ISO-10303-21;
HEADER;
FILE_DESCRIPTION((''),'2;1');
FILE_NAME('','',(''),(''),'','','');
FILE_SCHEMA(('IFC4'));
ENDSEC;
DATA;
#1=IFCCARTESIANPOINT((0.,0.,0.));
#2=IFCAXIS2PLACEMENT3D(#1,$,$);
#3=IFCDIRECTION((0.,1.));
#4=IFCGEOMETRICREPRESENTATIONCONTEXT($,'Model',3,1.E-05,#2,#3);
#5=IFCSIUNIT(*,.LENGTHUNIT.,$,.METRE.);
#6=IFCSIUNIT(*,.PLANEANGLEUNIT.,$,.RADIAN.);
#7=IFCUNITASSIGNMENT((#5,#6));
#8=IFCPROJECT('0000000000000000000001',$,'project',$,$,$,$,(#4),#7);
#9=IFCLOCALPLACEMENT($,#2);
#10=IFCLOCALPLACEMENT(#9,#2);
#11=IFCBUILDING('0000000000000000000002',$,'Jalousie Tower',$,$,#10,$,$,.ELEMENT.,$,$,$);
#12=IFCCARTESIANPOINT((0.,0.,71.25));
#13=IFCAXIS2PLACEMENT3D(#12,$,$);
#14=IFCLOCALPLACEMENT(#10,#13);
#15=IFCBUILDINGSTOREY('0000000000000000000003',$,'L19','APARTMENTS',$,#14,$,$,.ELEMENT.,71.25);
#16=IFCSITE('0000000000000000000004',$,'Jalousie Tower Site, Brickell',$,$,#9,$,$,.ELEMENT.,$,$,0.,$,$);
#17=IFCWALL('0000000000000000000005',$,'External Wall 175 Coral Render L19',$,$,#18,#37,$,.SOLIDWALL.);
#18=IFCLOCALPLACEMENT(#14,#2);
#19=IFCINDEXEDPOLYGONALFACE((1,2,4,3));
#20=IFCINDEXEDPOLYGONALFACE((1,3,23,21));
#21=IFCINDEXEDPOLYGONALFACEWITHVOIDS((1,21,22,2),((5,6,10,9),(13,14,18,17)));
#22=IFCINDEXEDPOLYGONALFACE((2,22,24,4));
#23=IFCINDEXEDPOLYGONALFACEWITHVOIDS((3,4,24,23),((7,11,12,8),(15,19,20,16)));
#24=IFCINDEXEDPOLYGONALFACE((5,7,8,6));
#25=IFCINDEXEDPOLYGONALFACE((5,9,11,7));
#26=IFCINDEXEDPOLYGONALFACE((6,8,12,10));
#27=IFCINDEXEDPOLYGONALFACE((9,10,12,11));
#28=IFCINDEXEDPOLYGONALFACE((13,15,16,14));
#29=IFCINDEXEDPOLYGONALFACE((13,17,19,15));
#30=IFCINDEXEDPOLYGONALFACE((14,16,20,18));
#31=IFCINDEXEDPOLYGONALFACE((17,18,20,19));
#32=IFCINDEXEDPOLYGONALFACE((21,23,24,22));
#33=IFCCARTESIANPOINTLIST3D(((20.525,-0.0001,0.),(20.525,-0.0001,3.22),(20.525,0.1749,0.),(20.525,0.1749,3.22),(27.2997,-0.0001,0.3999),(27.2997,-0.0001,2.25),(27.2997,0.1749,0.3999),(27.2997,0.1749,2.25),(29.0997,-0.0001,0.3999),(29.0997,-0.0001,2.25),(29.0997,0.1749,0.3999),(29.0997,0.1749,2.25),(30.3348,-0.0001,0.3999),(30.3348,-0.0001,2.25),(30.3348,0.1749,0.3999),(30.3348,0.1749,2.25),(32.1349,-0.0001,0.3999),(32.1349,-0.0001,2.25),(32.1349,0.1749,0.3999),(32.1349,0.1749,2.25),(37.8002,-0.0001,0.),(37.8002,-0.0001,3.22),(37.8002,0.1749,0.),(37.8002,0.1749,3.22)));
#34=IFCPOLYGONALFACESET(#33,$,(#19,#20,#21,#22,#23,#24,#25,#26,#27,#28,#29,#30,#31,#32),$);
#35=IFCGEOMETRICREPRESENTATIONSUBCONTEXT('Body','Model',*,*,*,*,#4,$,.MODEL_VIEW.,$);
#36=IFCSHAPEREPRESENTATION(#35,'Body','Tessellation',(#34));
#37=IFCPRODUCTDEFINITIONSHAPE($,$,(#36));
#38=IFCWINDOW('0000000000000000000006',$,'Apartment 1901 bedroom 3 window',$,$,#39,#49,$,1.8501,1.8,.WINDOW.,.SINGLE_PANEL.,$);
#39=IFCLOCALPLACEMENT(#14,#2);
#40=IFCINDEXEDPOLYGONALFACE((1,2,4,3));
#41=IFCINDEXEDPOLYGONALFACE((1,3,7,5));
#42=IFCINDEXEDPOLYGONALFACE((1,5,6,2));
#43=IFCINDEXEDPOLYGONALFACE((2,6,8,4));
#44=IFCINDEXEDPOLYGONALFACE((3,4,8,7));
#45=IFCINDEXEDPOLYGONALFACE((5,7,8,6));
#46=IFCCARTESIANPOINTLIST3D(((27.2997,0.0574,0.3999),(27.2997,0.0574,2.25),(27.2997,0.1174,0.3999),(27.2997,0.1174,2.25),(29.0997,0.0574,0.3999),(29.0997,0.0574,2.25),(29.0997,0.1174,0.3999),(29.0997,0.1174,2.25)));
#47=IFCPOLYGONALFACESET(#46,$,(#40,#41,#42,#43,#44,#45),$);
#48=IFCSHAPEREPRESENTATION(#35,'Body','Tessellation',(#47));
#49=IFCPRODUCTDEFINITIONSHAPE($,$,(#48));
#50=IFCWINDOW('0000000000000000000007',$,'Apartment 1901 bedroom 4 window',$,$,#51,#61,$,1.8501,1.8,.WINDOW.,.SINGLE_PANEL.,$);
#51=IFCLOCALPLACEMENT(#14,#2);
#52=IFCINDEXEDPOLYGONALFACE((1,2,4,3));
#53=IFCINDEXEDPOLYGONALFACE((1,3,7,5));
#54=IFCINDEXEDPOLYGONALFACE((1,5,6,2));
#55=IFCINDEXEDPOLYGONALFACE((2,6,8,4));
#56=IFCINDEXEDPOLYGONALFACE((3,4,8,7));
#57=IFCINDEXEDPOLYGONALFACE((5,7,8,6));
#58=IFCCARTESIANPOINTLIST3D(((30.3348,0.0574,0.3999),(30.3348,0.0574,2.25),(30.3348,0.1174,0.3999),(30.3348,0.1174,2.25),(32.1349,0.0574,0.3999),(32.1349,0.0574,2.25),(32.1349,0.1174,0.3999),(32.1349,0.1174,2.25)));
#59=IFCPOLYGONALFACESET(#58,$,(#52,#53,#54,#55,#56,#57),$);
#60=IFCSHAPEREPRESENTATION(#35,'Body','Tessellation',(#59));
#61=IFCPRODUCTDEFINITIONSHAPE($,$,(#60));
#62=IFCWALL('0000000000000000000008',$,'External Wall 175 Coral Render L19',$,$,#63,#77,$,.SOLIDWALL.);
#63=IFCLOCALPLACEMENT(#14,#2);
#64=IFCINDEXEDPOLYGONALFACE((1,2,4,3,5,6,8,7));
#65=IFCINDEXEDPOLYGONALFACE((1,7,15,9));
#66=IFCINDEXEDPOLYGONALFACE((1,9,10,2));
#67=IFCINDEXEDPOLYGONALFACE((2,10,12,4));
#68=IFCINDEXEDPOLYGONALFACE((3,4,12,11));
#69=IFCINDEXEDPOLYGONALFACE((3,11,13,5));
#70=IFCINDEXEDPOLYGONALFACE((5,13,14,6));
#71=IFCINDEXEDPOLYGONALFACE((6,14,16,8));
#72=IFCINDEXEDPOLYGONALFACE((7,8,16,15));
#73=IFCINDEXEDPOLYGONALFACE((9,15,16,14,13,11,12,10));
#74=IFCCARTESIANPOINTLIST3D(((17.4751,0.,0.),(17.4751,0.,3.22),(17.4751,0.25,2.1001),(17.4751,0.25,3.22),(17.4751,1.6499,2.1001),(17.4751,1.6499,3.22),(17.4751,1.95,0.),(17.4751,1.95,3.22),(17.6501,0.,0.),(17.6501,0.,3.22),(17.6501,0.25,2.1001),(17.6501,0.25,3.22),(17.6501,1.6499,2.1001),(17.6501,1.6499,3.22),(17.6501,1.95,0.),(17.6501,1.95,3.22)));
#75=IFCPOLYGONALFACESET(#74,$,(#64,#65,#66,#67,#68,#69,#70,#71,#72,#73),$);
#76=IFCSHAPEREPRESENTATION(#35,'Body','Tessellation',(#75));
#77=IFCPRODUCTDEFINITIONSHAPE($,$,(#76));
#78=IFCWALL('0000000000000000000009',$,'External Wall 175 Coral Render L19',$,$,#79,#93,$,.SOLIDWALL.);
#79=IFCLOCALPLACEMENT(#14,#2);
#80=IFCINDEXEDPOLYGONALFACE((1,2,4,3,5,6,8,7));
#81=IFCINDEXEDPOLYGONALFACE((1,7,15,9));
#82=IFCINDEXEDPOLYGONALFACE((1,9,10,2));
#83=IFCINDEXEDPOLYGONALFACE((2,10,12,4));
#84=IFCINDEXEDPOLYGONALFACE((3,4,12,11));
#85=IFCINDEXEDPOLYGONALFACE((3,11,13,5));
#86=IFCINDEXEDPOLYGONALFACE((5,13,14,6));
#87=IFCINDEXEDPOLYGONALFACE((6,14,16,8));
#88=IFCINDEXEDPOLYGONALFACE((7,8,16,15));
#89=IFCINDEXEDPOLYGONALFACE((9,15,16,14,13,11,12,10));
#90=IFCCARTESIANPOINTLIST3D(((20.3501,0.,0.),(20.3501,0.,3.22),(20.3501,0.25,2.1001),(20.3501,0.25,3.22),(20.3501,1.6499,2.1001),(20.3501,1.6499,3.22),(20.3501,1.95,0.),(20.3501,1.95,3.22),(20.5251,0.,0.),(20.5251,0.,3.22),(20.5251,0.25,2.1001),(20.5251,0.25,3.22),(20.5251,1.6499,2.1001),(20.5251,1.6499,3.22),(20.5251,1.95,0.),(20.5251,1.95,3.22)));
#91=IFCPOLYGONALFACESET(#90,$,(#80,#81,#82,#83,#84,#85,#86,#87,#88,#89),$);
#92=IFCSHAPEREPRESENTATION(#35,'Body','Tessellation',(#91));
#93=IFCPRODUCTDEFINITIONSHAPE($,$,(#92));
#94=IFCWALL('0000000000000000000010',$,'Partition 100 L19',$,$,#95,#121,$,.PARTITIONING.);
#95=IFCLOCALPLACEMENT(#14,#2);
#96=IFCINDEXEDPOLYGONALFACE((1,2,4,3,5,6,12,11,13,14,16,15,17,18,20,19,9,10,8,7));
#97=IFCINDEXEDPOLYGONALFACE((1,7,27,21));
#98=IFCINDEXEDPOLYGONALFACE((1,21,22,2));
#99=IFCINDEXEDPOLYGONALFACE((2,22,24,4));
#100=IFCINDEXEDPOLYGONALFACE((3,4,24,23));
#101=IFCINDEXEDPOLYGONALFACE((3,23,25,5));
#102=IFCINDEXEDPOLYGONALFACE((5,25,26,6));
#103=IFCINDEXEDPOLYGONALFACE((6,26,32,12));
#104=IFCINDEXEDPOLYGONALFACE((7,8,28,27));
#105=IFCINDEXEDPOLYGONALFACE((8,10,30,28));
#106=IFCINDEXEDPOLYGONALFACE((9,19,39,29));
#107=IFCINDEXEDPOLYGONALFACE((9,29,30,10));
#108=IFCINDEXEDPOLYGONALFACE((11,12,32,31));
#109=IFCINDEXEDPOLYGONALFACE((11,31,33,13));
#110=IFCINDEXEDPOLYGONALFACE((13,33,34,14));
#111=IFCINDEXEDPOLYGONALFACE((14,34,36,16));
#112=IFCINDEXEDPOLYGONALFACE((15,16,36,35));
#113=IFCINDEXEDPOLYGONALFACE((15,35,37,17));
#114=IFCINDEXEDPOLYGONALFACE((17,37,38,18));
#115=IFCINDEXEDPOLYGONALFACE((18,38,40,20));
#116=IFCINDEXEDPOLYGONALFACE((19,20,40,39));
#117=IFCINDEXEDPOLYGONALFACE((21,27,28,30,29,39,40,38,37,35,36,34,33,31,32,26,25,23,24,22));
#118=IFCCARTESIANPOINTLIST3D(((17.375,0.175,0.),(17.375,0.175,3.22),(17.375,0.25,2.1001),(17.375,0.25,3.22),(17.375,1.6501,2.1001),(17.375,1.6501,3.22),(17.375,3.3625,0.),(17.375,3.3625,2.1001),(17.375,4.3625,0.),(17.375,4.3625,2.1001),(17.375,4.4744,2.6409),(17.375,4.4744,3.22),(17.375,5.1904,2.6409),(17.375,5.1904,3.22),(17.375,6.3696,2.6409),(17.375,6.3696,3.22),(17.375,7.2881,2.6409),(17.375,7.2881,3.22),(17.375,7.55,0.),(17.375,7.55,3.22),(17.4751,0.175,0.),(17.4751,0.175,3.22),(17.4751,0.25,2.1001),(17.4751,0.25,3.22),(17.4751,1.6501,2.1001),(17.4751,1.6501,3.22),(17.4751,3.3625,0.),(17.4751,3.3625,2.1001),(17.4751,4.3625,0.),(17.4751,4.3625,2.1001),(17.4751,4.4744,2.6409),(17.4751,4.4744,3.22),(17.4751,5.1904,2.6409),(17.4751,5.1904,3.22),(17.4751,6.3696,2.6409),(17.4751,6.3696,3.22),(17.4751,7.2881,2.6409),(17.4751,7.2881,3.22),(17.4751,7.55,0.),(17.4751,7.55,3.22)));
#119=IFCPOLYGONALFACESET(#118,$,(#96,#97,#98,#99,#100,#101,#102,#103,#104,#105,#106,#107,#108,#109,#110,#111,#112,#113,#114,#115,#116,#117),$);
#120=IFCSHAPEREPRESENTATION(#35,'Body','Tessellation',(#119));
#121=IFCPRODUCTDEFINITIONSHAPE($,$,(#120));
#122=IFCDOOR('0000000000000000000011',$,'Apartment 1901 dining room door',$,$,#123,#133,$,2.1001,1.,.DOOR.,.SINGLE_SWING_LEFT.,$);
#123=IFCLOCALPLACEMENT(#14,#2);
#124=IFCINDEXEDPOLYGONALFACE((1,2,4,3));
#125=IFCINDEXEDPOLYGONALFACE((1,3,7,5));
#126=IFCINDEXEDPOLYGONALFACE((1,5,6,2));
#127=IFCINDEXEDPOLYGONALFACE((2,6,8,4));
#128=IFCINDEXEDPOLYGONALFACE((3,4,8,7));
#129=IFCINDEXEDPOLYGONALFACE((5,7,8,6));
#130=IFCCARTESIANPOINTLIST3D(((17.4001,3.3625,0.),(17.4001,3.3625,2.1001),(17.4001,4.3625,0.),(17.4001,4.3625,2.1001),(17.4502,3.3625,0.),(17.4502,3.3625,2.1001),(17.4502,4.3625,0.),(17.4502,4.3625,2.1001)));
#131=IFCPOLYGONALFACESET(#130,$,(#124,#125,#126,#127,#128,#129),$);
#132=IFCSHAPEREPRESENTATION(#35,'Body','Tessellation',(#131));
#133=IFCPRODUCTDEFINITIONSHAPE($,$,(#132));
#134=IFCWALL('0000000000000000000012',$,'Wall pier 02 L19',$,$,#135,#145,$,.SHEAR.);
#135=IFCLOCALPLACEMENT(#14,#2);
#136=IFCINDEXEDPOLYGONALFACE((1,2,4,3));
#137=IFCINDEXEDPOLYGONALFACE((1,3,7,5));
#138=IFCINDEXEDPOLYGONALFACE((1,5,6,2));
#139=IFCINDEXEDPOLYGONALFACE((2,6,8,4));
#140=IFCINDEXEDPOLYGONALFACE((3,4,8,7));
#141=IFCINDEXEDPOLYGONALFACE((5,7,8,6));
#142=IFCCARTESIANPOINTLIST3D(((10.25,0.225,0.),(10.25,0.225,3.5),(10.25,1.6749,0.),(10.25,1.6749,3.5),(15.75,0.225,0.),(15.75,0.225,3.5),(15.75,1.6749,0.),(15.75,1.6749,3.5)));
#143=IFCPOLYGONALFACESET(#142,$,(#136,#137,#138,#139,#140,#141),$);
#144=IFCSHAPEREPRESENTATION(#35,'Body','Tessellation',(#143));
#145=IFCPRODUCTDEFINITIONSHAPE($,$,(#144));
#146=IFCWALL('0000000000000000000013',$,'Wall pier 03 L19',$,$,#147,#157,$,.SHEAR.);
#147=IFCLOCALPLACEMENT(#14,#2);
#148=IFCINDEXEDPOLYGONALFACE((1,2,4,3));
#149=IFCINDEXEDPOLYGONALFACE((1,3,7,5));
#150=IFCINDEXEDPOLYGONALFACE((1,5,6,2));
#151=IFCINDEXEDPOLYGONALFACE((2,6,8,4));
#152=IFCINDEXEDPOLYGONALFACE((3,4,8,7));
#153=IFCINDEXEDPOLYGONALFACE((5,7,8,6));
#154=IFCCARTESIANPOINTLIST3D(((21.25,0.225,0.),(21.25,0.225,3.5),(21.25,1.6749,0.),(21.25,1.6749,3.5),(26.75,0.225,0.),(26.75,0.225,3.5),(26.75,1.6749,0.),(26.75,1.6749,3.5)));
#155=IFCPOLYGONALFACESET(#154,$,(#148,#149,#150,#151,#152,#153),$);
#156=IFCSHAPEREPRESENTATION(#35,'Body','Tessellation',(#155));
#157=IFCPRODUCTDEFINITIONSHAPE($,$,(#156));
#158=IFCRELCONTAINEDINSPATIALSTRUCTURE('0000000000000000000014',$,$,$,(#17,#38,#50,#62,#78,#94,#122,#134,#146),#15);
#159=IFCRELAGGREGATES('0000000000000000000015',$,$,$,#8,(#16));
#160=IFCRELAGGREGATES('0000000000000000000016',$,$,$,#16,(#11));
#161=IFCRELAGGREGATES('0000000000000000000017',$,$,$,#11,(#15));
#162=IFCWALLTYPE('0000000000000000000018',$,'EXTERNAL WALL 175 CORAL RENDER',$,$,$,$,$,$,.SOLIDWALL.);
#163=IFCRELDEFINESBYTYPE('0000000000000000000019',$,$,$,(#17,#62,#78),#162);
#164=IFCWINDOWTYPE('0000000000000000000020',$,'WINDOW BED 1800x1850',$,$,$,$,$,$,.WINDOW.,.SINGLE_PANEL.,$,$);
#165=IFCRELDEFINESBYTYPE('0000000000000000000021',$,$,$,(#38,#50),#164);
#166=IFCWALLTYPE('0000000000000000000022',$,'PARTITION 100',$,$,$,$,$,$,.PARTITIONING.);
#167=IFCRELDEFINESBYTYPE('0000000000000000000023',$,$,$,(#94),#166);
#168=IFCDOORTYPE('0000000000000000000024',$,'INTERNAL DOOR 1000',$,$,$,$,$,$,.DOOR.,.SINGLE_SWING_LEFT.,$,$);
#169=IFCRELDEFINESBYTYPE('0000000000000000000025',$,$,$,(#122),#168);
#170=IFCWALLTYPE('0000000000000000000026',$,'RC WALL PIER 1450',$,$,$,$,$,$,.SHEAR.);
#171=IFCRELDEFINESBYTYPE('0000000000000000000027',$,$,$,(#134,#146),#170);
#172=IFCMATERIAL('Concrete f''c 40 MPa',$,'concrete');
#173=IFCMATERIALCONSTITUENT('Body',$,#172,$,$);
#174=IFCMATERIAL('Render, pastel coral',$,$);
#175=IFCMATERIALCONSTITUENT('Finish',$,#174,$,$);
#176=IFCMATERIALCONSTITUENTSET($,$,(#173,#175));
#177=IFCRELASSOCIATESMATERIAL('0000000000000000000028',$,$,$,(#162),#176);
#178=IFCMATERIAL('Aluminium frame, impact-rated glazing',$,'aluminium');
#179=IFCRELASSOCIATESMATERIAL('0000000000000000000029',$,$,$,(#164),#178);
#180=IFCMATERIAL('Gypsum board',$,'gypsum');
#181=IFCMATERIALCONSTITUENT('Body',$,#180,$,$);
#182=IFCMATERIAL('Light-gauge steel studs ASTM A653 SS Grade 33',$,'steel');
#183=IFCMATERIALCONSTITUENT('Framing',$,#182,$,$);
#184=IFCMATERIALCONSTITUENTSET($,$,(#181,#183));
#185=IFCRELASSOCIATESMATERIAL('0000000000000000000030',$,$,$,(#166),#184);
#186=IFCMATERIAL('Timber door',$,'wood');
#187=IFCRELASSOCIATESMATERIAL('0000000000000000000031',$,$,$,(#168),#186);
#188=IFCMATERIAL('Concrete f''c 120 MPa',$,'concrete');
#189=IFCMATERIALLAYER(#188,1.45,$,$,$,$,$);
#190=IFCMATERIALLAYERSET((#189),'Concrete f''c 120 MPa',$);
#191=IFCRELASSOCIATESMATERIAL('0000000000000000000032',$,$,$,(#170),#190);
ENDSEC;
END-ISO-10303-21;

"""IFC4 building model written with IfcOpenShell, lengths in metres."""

from ifc_helpers import new_model, si_unit, direction, frame, frame_2d, origin, place, context, subcontext, project, spatial, polyline, rectangle, outline, extrude, material, layer, layer_set, constituent, constituent_set, type_object, element, fill, save


model = new_model("IFC4")

# Units and contexts
model_context = context("Model", 3, precision=1e-05, world=origin(), true_north=direction((0.0, 1.0)))
body_context = subcontext(model_context, "Body", "Model", "MODEL_VIEW")
ifc_project = project(units=[si_unit("LENGTHUNIT", "METRE"), si_unit("PLANEANGLEUNIT", "RADIAN")], contexts=[model_context])

# Site, building, storey
site_placement = place(None, origin())
site = spatial("IfcSite", under=ifc_project, at=site_placement, Name="Jalousie Tower Site, Brickell", CompositionType="ELEMENT", RefElevation=0.0)
building_placement = place(site_placement, origin())
building = spatial("IfcBuilding", under=site, at=building_placement, Name="Jalousie Tower", CompositionType="ELEMENT")
storey_placement = place(building_placement, frame((0.0, 0.0, 71.25)))
storey = spatial("IfcBuildingStorey", under=building, at=storey_placement, Name="L19", Description="APARTMENTS", CompositionType="ELEMENT", Elevation=71.25)

# Wall, openings, windows
ifc_material_1 = material(Name="Concrete f'c 40 MPa", Category="concrete")
ifc_constituent_1 = constituent(ifc_material_1, Name="Body")
ifc_material_2 = material(Name="Render, pastel coral")
ifc_constituent_2 = constituent(ifc_material_2, Name="Finish")
ifc_constituent_set_1 = constituent_set(constituents=[ifc_constituent_1, ifc_constituent_2])
wall_type_1 = type_object("IfcWallType", Name="EXTERNAL WALL 175 CORAL RENDER", PredefinedType="SOLIDWALL", material=ifc_constituent_set_1)
wall_1_placement = place(storey_placement, frame((20.5249, 0.0874, 0.0), z_axis=(0.0, 0.0, 1.0), x_axis=(1.0, 0.0, 0.0)))
wall_1 = element("IfcWall", 1, at=wall_1_placement, inside=storey, type_object=wall_type_1, Name="External Wall 175 Coral Render L19", PredefinedType="SOLIDWALL", context=body_context, shape_type="SweptSolid", body=[
    extrude(rectangle(XDim=17.2751, YDim=0.175, at=frame_2d((8.6377, 0.0))), origin(), (0.0, 0.0, 1.0), 3.22),
])
opening_1_placement = place(wall_1_placement, frame((6.7749, 0.0, 0.3999)))
opening_1 = element("IfcOpeningElement", 2, at=opening_1_placement, cuts=wall_1, PredefinedType="OPENING", context=body_context, shape_type="SweptSolid", body=[
    extrude(rectangle(XDim=1.8, YDim=1.8501, at=frame_2d((0.8999, 0.925))), frame((0.0, 0.0974, 0.0), z_axis=(0.0, -1.0, 0.0), x_axis=(1.0, 0.0, 0.0)), (0.0, 0.0, 1.0), 0.1951),
])
opening_2_placement = place(wall_1_placement, frame((9.8101, 0.0, 0.3999)))
opening_2 = element("IfcOpeningElement", 3, at=opening_2_placement, cuts=wall_1, PredefinedType="OPENING", context=body_context, shape_type="SweptSolid", body=[
    extrude(rectangle(XDim=1.8, YDim=1.8501, at=frame_2d((0.8999, 0.925))), frame((0.0, 0.0974, 0.0), z_axis=(0.0, -1.0, 0.0), x_axis=(1.0, 0.0, 0.0)), (0.0, 0.0, 1.0), 0.1951),
])
ifc_material_3 = material(Name="Aluminium frame, impact-rated glazing", Category="aluminium")
window_type = type_object("IfcWindowType", Name="WINDOW BED 1800x1850", PartitioningType="SINGLE_PANEL", PredefinedType="WINDOW", material=ifc_material_3)
window_1_placement = place(opening_1_placement, origin())
window_1 = element("IfcWindow", 4, at=window_1_placement, inside=storey, type_object=window_type, Name="Apartment 1901 bedroom 3 window", OverallHeight=1.8501, OverallWidth=1.8, PartitioningType="SINGLE_PANEL", PredefinedType="WINDOW", context=body_context, shape_type="SweptSolid", body=[
    extrude(rectangle(XDim=1.8, YDim=1.8501, at=frame_2d((0.8999, 0.925))), frame((0.0, 0.03, 0.0), z_axis=(0.0, -1.0, 0.0), x_axis=(1.0, 0.0, 0.0)), (0.0, 0.0, 1.0), 0.0601),
])
fill(opening_1, window_1)
window_2_placement = place(opening_2_placement, origin())
window_2 = element("IfcWindow", 5, at=window_2_placement, inside=storey, type_object=window_type, Name="Apartment 1901 bedroom 4 window", OverallHeight=1.8501, OverallWidth=1.8, PartitioningType="SINGLE_PANEL", PredefinedType="WINDOW", context=body_context, shape_type="SweptSolid", body=[
    extrude(rectangle(XDim=1.8, YDim=1.8501, at=frame_2d((0.8999, 0.925))), frame((0.0, 0.03, 0.0), z_axis=(0.0, -1.0, 0.0), x_axis=(1.0, 0.0, 0.0)), (0.0, 0.0, 1.0), 0.0601),
])
fill(opening_2, window_2)

# Walls
for number, where, z_axis, x_axis, name in (
    (6, (17.5625, 0.0, 0.0), (0.0, 0.0, 1.0), (0.0, 1.0, 0.0), "External Wall 175 Coral Render L19"),
    (7, (20.4375, 0.0, 0.0), (0.0, 0.0, 1.0), (0.0, 1.0, 0.0), "External Wall 175 Coral Render L19"),
):
    element("IfcWall", number, at=place(storey_placement, frame(where, z_axis=z_axis, x_axis=x_axis)), inside=storey, type_object=wall_type_1, Name=name, PredefinedType="SOLIDWALL", context=body_context, shape_type="SweptSolid", body=[
        extrude(outline(polyline([(0.0, 0.0), (1.95, 0.0), (1.95, 3.22), (1.6499, 3.22), (1.6499, 2.1001), (0.25, 2.1001), (0.25, 3.22), (0.0, 3.22), (0.0, 0.0)])), frame((0.0, 0.0874, 0.0), z_axis=(0.0, -1.0, 0.0), x_axis=(1.0, 0.0, 0.0)), (0.0, 0.0, 1.0), 0.175),
    ])

# Wall, opening, door
ifc_material_4 = material(Name="Gypsum board", Category="gypsum")
ifc_constituent_3 = constituent(ifc_material_4, Name="Body")
ifc_material_5 = material(Name="Light-gauge steel studs ASTM A653 SS Grade 33", Category="steel")
ifc_constituent_4 = constituent(ifc_material_5, Name="Framing")
ifc_constituent_set_2 = constituent_set(constituents=[ifc_constituent_3, ifc_constituent_4])
wall_type_2 = type_object("IfcWallType", Name="PARTITION 100", PredefinedType="PARTITIONING", material=ifc_constituent_set_2)
wall_2_placement = place(storey_placement, frame((17.425, 0.175, 0.0), z_axis=(0.0, 0.0, 1.0), x_axis=(0.0, 1.0, 0.0)))
wall_2 = element("IfcWall", 8, at=wall_2_placement, inside=storey, type_object=wall_type_2, Name="Partition 100 L19", PredefinedType="PARTITIONING", context=body_context, shape_type="SweptSolid", body=[
    extrude(outline(polyline([(0.0, 0.0), (7.375, 0.0), (7.375, 3.22), (7.113, 3.22), (7.113, 2.6409), (6.1946, 2.6409), (6.1946, 3.22), (5.0154, 3.22), (5.0154, 2.6409), (4.2993, 2.6409), (4.2993, 3.22), (1.4751, 3.22), (1.4751, 2.1001), (0.075, 2.1001), (0.075, 3.22), (0.0, 3.22), (0.0, 0.0)])), frame((0.0, 0.05, 0.0), z_axis=(0.0, -1.0, 0.0), x_axis=(1.0, 0.0, 0.0)), (0.0, 0.0, 1.0), 0.1001),
])
opening_3_placement = place(wall_2_placement, frame((3.1875, 0.0, 0.0)))
opening_3 = element("IfcOpeningElement", 9, at=opening_3_placement, cuts=wall_2, PredefinedType="OPENING", context=body_context, shape_type="SweptSolid", body=[
    extrude(rectangle(XDim=1.0, YDim=2.1001, at=frame_2d((0.5, 1.05))), frame((0.0, 0.0601, 0.0), z_axis=(0.0, -1.0, 0.0), x_axis=(1.0, 0.0, 0.0)), (0.0, 0.0, 1.0), 0.1201),
])
ifc_material_6 = material(Name="Timber door", Category="wood")
door_type = type_object("IfcDoorType", Name="INTERNAL DOOR 1000", OperationType="SINGLE_SWING_LEFT", PredefinedType="DOOR", material=ifc_material_6)
door_placement = place(opening_3_placement, origin())
door = element("IfcDoor", 10, at=door_placement, inside=storey, type_object=door_type, Name="Apartment 1901 dining room door", OperationType="SINGLE_SWING_LEFT", OverallHeight=2.1001, OverallWidth=1.0, PredefinedType="DOOR", context=body_context, shape_type="SweptSolid", body=[
    extrude(rectangle(XDim=1.0, YDim=2.1001, at=frame_2d((0.5, 1.05))), frame((0.0, 0.0249, 0.0), z_axis=(0.0, -1.0, 0.0), x_axis=(1.0, 0.0, 0.0)), (0.0, 0.0, 1.0), 0.05),
])
fill(opening_3, door)

# Walls
ifc_material_7 = material(Name="Concrete f'c 120 MPa", Category="concrete")
ifc_layer_1 = layer(ifc_material_7, 1.45)
ifc_layer_set_1 = layer_set([ifc_layer_1], Name="Concrete f'c 120 MPa")
wall_type_3 = type_object("IfcWallType", Name="RC WALL PIER 1450", PredefinedType="SHEAR", material=ifc_layer_set_1)
for number, where, z_axis, x_axis, name in (
    (11, (10.25, 0.95, 0.0), (0.0, 0.0, 1.0), (1.0, 0.0, 0.0), "Wall pier 02 L19"),
    (12, (21.25, 0.95, 0.0), (0.0, 0.0, 1.0), (1.0, 0.0, 0.0), "Wall pier 03 L19"),
):
    element("IfcWall", number, at=place(storey_placement, frame(where, z_axis=z_axis, x_axis=x_axis)), inside=storey, type_object=wall_type_3, Name=name, PredefinedType="SHEAR", context=body_context, shape_type="SweptSolid", body=[
        extrude(rectangle(XDim=5.5, YDim=1.45, at=frame_2d((2.75, 0.0))), origin(), (0.0, 0.0, 1.0), 3.5),
    ])

save(model, "model.ifc")
